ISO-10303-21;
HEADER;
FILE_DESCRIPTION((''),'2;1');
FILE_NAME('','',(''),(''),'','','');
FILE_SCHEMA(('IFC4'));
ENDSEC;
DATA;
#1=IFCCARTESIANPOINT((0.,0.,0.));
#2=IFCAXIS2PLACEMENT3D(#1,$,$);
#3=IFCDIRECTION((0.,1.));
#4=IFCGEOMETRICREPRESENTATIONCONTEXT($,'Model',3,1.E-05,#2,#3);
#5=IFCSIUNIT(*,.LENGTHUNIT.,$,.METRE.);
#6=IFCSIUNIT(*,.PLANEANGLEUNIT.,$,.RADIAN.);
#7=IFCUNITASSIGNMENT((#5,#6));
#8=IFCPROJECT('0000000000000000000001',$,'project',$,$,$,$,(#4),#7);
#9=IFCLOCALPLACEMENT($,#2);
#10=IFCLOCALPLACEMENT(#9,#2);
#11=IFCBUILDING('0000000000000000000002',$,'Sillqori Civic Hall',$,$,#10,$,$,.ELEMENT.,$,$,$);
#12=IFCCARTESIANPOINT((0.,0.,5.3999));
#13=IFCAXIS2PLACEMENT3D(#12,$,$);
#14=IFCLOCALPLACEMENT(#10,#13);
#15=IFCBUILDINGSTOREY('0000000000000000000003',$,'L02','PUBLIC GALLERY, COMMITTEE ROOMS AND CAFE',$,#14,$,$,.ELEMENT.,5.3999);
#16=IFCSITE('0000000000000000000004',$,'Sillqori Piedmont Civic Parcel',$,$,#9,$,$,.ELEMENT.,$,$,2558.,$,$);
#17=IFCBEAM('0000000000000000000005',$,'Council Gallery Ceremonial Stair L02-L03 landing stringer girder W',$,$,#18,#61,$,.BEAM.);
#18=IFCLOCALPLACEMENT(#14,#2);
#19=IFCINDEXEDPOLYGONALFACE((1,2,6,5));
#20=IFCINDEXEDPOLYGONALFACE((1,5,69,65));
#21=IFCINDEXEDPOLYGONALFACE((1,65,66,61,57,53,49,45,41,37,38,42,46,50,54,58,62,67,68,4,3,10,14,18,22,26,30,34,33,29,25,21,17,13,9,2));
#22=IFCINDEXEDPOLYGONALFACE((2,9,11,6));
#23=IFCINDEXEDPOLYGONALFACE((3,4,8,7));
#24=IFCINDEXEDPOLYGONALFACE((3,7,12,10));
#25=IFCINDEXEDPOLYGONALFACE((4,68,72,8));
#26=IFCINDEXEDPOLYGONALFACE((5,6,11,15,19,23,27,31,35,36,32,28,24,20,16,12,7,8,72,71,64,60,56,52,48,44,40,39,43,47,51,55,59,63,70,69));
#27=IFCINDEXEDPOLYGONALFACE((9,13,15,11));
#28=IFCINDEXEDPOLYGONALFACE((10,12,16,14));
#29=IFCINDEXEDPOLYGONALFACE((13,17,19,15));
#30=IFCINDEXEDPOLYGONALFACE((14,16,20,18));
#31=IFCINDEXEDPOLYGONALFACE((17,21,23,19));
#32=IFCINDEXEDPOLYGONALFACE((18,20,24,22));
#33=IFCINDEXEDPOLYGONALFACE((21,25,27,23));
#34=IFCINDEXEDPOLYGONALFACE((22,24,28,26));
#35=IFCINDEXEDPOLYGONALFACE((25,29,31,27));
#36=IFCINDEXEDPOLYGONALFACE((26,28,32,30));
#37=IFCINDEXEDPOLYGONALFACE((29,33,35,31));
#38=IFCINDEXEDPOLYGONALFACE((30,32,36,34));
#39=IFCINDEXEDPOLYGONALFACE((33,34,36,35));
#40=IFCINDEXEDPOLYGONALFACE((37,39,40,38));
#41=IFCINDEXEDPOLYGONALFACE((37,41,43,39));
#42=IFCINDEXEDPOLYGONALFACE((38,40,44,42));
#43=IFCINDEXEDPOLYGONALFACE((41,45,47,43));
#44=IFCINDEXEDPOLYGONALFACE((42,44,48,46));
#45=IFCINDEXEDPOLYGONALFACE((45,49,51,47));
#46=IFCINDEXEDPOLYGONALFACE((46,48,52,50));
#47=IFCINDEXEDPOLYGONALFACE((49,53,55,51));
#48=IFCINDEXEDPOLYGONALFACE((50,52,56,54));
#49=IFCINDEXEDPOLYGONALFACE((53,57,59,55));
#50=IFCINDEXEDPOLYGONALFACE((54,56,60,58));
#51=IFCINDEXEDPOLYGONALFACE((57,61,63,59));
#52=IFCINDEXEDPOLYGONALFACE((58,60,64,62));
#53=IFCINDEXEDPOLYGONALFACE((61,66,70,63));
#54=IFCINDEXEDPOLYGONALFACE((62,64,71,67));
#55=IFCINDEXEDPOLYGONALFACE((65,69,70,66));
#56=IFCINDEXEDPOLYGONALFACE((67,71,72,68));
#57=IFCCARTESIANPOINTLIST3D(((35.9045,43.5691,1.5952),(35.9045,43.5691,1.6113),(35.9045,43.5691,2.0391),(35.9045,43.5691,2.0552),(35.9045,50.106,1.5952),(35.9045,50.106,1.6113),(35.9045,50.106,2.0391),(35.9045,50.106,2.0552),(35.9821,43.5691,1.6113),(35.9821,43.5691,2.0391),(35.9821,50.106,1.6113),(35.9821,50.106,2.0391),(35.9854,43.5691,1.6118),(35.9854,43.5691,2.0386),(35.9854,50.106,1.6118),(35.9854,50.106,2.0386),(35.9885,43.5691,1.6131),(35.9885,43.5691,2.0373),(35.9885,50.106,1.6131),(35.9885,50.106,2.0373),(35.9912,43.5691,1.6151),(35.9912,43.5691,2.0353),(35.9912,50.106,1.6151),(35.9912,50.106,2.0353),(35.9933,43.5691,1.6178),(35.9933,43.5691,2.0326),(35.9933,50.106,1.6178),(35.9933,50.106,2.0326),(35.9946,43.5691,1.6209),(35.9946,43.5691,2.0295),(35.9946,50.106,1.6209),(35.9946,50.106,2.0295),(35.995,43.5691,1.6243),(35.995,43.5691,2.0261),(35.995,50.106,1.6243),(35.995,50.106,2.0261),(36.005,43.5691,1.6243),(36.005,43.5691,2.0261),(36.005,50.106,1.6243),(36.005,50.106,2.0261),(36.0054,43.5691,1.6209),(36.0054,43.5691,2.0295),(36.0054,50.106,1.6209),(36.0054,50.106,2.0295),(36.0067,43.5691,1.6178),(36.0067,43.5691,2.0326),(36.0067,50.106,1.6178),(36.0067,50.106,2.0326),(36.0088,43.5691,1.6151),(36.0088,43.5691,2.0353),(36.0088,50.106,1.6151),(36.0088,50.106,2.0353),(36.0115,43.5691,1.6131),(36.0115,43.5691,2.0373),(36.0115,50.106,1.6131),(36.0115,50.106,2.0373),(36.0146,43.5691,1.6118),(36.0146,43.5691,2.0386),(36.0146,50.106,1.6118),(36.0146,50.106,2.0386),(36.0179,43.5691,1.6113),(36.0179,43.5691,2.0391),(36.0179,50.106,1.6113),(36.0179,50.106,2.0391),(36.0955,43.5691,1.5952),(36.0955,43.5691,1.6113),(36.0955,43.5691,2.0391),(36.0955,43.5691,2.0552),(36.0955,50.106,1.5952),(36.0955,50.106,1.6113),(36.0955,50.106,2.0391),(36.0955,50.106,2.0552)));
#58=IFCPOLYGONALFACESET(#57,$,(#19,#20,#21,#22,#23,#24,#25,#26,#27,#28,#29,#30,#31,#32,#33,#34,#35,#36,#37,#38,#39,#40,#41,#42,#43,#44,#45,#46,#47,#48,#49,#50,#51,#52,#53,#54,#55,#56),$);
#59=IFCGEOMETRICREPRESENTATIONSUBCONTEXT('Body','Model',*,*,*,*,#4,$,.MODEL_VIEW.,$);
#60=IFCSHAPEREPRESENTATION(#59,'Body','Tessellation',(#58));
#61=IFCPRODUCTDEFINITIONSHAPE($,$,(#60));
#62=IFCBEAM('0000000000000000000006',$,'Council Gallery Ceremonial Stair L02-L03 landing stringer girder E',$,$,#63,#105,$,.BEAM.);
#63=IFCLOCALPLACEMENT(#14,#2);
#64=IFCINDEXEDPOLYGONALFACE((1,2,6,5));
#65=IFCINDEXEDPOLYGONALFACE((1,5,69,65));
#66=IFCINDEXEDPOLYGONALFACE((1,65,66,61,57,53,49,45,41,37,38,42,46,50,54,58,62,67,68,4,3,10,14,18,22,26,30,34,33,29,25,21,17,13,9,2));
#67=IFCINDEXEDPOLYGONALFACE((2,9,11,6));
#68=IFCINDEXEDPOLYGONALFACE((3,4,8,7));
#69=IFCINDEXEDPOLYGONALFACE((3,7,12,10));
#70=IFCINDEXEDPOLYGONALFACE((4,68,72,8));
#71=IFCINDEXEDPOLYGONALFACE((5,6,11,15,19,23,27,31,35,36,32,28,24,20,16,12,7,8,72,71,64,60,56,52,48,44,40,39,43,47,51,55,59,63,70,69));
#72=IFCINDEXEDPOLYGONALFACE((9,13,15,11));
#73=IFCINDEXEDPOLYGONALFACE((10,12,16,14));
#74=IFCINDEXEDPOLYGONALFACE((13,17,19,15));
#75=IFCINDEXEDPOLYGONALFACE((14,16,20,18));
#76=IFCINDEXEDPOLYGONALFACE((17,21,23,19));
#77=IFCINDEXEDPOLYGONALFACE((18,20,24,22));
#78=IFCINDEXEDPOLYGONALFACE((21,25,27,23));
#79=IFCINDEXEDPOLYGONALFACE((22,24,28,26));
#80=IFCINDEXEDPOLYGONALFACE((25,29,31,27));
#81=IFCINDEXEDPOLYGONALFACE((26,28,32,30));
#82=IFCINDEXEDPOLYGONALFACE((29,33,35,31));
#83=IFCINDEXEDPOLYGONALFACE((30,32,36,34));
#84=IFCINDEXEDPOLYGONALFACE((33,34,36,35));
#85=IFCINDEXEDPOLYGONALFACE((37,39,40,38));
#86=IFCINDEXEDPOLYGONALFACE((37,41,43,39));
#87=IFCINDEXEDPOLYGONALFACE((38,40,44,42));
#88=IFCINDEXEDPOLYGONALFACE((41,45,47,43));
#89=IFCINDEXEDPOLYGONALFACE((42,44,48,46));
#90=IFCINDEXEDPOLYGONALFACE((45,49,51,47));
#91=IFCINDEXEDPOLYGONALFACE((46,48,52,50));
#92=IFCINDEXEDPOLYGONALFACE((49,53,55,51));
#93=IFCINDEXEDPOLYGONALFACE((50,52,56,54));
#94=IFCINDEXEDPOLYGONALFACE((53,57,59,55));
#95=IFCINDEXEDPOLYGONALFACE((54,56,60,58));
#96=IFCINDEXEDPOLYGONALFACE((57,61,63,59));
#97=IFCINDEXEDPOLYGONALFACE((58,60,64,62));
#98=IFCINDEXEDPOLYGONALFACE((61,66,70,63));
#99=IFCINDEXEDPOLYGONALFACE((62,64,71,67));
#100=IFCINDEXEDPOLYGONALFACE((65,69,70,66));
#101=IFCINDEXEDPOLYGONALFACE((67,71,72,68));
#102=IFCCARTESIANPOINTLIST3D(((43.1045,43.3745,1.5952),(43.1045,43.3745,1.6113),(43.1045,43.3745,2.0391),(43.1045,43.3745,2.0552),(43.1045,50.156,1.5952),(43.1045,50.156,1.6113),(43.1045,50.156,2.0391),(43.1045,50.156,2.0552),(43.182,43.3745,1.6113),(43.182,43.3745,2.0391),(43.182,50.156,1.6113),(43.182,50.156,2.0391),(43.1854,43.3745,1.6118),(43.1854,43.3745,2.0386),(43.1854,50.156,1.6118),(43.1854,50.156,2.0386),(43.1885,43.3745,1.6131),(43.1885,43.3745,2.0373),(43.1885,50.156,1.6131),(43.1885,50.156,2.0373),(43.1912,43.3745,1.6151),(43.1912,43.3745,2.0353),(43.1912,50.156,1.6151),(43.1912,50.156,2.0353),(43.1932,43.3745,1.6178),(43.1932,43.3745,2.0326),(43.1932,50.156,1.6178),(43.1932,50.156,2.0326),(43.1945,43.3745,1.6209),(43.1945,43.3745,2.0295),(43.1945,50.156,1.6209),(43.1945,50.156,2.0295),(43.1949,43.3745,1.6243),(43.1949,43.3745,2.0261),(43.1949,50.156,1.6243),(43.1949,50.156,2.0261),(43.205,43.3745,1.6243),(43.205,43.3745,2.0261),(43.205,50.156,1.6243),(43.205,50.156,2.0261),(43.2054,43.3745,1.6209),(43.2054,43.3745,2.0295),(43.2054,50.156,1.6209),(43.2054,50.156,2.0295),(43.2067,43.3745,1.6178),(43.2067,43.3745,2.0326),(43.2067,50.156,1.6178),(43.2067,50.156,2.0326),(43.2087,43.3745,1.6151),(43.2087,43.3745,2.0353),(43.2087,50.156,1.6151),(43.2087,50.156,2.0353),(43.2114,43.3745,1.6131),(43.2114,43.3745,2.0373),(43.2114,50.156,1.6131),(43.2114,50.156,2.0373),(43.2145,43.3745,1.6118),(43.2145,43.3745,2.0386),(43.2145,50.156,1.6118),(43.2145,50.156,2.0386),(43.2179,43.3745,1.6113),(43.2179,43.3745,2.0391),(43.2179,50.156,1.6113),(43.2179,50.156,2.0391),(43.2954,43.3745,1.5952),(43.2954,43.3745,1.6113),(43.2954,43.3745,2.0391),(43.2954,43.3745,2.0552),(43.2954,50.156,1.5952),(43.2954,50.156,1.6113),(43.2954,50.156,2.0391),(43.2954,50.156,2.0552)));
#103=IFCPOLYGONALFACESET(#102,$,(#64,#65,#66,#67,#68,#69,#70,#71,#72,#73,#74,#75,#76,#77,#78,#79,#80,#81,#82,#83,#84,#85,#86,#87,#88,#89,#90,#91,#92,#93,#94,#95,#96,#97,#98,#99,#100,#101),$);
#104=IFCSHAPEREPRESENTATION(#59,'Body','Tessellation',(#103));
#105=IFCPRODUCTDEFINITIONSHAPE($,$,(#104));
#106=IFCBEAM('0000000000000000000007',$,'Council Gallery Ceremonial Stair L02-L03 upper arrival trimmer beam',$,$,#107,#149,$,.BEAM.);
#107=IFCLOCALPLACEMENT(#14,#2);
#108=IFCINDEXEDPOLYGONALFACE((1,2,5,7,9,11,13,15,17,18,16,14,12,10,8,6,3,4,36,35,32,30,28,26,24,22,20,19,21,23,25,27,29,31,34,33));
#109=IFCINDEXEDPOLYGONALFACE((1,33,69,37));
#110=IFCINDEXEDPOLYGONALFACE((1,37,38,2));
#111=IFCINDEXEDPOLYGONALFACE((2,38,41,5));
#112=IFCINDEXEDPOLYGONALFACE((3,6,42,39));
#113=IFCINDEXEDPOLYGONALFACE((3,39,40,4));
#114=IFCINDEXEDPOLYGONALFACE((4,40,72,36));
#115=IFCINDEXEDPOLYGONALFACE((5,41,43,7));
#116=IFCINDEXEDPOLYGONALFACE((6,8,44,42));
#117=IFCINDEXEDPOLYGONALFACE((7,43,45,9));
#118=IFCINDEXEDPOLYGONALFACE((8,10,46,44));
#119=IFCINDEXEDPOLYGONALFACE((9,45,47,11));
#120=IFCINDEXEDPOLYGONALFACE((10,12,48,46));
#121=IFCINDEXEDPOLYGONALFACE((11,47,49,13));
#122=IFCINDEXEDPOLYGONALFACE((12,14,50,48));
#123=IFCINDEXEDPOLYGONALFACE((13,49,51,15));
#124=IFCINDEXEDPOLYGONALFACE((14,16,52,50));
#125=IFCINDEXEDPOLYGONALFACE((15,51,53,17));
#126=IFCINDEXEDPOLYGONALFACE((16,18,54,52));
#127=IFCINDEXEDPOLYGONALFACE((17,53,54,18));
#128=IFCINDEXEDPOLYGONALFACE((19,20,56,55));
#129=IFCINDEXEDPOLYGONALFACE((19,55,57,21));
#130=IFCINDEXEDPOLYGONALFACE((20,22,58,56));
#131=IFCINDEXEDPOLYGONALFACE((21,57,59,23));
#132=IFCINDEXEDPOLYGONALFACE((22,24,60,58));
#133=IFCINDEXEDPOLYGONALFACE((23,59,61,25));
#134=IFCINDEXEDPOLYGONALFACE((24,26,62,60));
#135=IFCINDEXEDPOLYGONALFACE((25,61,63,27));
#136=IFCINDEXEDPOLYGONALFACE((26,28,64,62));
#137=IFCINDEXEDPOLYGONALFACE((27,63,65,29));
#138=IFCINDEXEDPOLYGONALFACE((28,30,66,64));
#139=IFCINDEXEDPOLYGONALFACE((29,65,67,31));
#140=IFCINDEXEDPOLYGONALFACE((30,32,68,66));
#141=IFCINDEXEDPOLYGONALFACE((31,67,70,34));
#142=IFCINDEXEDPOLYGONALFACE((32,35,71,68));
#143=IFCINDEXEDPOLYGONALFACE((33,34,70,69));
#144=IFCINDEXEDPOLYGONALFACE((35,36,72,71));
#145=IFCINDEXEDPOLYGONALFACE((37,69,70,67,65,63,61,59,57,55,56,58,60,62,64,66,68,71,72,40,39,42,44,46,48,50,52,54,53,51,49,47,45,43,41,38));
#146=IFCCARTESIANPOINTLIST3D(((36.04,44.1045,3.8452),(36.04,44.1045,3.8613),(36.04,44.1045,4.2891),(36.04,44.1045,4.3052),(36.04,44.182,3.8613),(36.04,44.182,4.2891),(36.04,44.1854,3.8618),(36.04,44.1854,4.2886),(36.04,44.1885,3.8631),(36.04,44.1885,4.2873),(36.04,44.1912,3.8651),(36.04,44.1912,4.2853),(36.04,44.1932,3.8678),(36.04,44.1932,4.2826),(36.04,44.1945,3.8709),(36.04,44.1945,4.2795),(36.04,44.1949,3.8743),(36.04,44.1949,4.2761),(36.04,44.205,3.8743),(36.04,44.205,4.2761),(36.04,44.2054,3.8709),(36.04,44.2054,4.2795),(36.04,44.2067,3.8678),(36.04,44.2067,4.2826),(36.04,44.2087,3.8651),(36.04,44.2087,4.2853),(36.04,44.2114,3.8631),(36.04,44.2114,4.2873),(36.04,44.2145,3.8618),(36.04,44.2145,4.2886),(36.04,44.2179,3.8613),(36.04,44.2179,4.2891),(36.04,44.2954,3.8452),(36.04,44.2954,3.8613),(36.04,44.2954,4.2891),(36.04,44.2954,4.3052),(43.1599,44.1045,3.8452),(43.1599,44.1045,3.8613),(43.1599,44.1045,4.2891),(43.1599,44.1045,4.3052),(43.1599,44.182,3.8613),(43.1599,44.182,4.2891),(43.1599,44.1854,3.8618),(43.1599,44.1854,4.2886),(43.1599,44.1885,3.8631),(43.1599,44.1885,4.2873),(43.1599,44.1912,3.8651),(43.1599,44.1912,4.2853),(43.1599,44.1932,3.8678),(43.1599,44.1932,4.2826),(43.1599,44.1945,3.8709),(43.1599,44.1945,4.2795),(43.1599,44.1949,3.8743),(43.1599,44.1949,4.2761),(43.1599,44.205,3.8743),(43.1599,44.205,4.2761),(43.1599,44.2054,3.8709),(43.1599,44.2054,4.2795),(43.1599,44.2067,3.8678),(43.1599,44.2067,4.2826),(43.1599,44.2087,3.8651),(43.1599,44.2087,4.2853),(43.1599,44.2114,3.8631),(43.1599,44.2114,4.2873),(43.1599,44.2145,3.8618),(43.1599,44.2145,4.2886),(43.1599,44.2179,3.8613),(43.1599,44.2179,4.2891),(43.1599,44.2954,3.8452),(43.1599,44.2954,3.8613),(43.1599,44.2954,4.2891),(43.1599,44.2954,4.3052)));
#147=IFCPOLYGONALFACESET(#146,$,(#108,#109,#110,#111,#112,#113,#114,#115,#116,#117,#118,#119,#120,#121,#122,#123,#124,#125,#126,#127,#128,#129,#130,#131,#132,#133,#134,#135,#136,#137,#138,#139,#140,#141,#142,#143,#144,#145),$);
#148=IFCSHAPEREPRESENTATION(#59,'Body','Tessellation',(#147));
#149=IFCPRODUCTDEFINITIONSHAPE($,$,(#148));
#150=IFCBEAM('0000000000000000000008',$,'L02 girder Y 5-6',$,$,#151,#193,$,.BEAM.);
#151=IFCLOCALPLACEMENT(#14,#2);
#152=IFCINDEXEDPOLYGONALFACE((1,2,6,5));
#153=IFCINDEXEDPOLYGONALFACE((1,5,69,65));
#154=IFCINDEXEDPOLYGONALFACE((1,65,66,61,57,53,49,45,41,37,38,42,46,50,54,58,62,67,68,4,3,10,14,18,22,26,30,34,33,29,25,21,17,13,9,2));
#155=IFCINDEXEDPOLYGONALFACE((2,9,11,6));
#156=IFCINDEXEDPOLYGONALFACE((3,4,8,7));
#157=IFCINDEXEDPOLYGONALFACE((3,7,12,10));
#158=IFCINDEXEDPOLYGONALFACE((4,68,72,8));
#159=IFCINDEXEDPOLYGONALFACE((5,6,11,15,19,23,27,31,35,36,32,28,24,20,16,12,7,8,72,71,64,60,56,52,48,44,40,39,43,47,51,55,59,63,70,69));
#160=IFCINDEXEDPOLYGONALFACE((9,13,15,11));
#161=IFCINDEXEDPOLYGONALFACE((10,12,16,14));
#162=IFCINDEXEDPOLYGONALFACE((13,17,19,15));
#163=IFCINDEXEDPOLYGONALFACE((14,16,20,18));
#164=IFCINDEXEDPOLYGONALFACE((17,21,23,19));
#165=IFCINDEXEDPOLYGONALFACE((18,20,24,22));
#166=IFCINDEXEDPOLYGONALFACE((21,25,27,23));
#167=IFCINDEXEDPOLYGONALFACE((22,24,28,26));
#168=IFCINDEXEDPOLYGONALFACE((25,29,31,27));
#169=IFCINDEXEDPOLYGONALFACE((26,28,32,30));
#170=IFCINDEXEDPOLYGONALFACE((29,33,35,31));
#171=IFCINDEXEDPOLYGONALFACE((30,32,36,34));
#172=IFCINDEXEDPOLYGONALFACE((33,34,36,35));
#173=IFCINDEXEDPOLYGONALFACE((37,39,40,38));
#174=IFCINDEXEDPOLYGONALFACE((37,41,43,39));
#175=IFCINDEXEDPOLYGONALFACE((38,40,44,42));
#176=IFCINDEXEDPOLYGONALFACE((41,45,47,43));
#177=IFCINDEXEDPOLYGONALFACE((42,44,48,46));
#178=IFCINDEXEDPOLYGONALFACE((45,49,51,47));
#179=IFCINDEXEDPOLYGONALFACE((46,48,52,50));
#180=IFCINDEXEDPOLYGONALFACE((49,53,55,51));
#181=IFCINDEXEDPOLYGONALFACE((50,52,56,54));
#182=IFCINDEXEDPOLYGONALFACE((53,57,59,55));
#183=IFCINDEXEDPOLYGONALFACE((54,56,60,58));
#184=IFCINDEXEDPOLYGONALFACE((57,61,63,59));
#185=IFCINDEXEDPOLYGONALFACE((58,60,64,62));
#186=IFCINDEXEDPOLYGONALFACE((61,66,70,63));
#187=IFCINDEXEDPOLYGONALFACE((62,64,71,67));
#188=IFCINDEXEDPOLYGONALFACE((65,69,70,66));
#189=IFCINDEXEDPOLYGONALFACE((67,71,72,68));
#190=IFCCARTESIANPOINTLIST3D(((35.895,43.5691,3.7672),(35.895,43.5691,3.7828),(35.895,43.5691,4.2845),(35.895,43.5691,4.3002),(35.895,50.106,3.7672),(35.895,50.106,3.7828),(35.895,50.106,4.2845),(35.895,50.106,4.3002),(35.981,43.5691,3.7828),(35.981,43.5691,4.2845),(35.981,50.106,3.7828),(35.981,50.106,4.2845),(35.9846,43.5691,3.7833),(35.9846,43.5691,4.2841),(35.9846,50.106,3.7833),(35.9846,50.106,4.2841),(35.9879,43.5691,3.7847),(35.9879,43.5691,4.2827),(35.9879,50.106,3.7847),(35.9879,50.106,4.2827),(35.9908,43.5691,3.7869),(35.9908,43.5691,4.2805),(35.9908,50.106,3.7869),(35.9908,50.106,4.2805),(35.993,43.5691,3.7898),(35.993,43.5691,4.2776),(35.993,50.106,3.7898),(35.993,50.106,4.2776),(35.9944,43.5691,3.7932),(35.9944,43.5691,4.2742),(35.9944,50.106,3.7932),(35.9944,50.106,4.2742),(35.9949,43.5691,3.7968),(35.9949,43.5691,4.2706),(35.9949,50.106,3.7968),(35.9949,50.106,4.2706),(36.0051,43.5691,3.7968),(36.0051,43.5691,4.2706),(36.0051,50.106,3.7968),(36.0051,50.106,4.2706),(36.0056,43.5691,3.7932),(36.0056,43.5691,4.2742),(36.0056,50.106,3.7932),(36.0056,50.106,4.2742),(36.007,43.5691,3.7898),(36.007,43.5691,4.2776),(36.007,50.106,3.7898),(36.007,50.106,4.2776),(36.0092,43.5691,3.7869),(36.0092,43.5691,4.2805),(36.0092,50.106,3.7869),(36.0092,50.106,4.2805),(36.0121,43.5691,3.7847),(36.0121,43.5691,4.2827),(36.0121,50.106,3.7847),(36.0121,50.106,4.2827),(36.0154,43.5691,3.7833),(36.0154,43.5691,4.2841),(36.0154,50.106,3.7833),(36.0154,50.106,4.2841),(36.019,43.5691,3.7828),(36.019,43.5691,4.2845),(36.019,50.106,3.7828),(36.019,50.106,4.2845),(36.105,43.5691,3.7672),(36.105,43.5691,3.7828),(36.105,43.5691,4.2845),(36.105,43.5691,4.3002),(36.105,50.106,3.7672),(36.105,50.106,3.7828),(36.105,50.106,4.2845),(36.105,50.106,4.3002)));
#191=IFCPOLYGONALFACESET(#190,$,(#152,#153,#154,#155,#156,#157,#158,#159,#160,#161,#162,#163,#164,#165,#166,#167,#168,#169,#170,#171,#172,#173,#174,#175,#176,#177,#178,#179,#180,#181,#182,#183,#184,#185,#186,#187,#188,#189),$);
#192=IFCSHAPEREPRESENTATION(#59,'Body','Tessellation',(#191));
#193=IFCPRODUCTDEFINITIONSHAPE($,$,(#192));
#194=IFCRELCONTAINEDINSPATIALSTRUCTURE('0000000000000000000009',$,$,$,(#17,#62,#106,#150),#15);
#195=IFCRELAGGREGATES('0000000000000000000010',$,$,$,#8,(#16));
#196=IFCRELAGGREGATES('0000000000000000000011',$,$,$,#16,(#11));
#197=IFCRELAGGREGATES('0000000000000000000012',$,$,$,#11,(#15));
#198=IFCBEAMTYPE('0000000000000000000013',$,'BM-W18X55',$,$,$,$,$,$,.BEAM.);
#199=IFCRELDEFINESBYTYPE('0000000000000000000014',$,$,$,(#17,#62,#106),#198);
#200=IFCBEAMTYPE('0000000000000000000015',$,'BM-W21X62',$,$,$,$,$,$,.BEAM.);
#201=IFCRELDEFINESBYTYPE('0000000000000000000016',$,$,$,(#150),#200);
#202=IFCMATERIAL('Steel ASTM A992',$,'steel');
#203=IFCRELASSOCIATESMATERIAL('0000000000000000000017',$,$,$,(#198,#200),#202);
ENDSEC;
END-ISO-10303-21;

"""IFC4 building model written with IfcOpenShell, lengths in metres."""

from ifc_helpers import new_model, si_unit, direction, frame, origin, origin_2d, place, context, subcontext, project, spatial, i_section, extrude, material, material_profile, profile_set, type_object, element, save


model = new_model("IFC4")

# Units and contexts
model_context = context("Model", 3, precision=1e-05, world=origin(), true_north=direction((0.0, 1.0)))
body_context = subcontext(model_context, "Body", "Model", "MODEL_VIEW")
ifc_project = project(units=[si_unit("LENGTHUNIT", "METRE"), si_unit("PLANEANGLEUNIT", "RADIAN")], contexts=[model_context])

# Site, building, storey
site_placement = place(None, origin())
site = spatial("IfcSite", under=ifc_project, at=site_placement, Name="Sillqori Piedmont Civic Parcel", CompositionType="ELEMENT", RefElevation=2558.0)
building_placement = place(site_placement, origin())
building = spatial("IfcBuilding", under=site, at=building_placement, Name="Sillqori Civic Hall", CompositionType="ELEMENT")
storey_placement = place(building_placement, frame((0.0, 0.0, 5.3999)))
storey = spatial("IfcBuildingStorey", under=building, at=storey_placement, Name="L02", Description="PUBLIC GALLERY, COMMITTEE ROOMS AND CAFE", CompositionType="ELEMENT", Elevation=5.3999)

# Shared definitions
ifc_material_1 = material(Name="Steel ASTM A992", Category="steel")

# Beams
ifc_material_profile_1 = material_profile(ifc_material_1, i_section(OverallWidth=0.1909, OverallDepth=0.46, WebThickness=0.01, FlangeThickness=0.0161, FilletRadius=0.0129, at=origin_2d()), Name="W18X55")
ifc_profile_set_1 = profile_set([ifc_material_profile_1], Name="Steel ASTM A992")
beam_type_1 = type_object("IfcBeamType", Name="BM-W18X55", PredefinedType="BEAM", material=ifc_profile_set_1)
beam_1_placement = place(storey_placement, frame((36.0, 43.5691, 1.8252), z_axis=(0.0, 1.0, 0.0), x_axis=(-1.0, 0.0, 0.0)))
element("IfcBeam", 1, at=beam_1_placement, inside=storey, type_object=beam_type_1, Name="Council Gallery Ceremonial Stair L02-L03 landing stringer girder W", PredefinedType="BEAM", context=body_context, shape_type="SweptSolid", body=[
    extrude(i_section(OverallWidth=0.1909, OverallDepth=0.46, WebThickness=0.01, FlangeThickness=0.0161, FilletRadius=0.0129, at=origin_2d()), origin(), (0.0, 0.0, 1.0), 6.5369),
])
beam_2_placement = place(storey_placement, frame((43.2, 43.3745, 1.8252), z_axis=(0.0, 1.0, 0.0), x_axis=(-1.0, 0.0, 0.0)))
element("IfcBeam", 2, at=beam_2_placement, inside=storey, type_object=beam_type_1, Name="Council Gallery Ceremonial Stair L02-L03 landing stringer girder E", PredefinedType="BEAM", context=body_context, shape_type="SweptSolid", body=[
    extrude(i_section(OverallWidth=0.1909, OverallDepth=0.46, WebThickness=0.01, FlangeThickness=0.0161, FilletRadius=0.0129, at=origin_2d()), origin(), (0.0, 0.0, 1.0), 6.7815),
])
beam_3_placement = place(storey_placement, frame((36.04, 44.2, 4.0752), z_axis=(1.0, 0.0, 0.0), x_axis=(0.0, 1.0, 0.0)))
element("IfcBeam", 3, at=beam_3_placement, inside=storey, type_object=beam_type_1, Name="Council Gallery Ceremonial Stair L02-L03 upper arrival trimmer beam", PredefinedType="BEAM", context=body_context, shape_type="SweptSolid", body=[
    extrude(i_section(OverallWidth=0.1909, OverallDepth=0.46, WebThickness=0.01, FlangeThickness=0.0161, FilletRadius=0.0129, at=origin_2d()), origin(), (0.0, 0.0, 1.0), 7.1199),
])
ifc_material_profile_2 = material_profile(ifc_material_1, i_section(OverallWidth=0.21, OverallDepth=0.533, WebThickness=0.0103, FlangeThickness=0.0156, FilletRadius=0.0139, at=origin_2d()), Name="W21X62")
ifc_profile_set_2 = profile_set([ifc_material_profile_2], Name="Steel ASTM A992")
beam_type_2 = type_object("IfcBeamType", Name="BM-W21X62", PredefinedType="BEAM", material=ifc_profile_set_2)
beam_4_placement = place(storey_placement, frame((36.0, 43.5691, 4.0337), z_axis=(0.0, 1.0, 0.0), x_axis=(-1.0, 0.0, 0.0)))
element("IfcBeam", 4, at=beam_4_placement, inside=storey, type_object=beam_type_2, Name="L02 girder Y 5-6", PredefinedType="BEAM", context=body_context, shape_type="SweptSolid", body=[
    extrude(i_section(OverallWidth=0.21, OverallDepth=0.533, WebThickness=0.0103, FlangeThickness=0.0156, FilletRadius=0.0139, at=origin_2d()), origin(), (0.0, 0.0, 1.0), 6.5369),
])

save(model, "model.ifc")
